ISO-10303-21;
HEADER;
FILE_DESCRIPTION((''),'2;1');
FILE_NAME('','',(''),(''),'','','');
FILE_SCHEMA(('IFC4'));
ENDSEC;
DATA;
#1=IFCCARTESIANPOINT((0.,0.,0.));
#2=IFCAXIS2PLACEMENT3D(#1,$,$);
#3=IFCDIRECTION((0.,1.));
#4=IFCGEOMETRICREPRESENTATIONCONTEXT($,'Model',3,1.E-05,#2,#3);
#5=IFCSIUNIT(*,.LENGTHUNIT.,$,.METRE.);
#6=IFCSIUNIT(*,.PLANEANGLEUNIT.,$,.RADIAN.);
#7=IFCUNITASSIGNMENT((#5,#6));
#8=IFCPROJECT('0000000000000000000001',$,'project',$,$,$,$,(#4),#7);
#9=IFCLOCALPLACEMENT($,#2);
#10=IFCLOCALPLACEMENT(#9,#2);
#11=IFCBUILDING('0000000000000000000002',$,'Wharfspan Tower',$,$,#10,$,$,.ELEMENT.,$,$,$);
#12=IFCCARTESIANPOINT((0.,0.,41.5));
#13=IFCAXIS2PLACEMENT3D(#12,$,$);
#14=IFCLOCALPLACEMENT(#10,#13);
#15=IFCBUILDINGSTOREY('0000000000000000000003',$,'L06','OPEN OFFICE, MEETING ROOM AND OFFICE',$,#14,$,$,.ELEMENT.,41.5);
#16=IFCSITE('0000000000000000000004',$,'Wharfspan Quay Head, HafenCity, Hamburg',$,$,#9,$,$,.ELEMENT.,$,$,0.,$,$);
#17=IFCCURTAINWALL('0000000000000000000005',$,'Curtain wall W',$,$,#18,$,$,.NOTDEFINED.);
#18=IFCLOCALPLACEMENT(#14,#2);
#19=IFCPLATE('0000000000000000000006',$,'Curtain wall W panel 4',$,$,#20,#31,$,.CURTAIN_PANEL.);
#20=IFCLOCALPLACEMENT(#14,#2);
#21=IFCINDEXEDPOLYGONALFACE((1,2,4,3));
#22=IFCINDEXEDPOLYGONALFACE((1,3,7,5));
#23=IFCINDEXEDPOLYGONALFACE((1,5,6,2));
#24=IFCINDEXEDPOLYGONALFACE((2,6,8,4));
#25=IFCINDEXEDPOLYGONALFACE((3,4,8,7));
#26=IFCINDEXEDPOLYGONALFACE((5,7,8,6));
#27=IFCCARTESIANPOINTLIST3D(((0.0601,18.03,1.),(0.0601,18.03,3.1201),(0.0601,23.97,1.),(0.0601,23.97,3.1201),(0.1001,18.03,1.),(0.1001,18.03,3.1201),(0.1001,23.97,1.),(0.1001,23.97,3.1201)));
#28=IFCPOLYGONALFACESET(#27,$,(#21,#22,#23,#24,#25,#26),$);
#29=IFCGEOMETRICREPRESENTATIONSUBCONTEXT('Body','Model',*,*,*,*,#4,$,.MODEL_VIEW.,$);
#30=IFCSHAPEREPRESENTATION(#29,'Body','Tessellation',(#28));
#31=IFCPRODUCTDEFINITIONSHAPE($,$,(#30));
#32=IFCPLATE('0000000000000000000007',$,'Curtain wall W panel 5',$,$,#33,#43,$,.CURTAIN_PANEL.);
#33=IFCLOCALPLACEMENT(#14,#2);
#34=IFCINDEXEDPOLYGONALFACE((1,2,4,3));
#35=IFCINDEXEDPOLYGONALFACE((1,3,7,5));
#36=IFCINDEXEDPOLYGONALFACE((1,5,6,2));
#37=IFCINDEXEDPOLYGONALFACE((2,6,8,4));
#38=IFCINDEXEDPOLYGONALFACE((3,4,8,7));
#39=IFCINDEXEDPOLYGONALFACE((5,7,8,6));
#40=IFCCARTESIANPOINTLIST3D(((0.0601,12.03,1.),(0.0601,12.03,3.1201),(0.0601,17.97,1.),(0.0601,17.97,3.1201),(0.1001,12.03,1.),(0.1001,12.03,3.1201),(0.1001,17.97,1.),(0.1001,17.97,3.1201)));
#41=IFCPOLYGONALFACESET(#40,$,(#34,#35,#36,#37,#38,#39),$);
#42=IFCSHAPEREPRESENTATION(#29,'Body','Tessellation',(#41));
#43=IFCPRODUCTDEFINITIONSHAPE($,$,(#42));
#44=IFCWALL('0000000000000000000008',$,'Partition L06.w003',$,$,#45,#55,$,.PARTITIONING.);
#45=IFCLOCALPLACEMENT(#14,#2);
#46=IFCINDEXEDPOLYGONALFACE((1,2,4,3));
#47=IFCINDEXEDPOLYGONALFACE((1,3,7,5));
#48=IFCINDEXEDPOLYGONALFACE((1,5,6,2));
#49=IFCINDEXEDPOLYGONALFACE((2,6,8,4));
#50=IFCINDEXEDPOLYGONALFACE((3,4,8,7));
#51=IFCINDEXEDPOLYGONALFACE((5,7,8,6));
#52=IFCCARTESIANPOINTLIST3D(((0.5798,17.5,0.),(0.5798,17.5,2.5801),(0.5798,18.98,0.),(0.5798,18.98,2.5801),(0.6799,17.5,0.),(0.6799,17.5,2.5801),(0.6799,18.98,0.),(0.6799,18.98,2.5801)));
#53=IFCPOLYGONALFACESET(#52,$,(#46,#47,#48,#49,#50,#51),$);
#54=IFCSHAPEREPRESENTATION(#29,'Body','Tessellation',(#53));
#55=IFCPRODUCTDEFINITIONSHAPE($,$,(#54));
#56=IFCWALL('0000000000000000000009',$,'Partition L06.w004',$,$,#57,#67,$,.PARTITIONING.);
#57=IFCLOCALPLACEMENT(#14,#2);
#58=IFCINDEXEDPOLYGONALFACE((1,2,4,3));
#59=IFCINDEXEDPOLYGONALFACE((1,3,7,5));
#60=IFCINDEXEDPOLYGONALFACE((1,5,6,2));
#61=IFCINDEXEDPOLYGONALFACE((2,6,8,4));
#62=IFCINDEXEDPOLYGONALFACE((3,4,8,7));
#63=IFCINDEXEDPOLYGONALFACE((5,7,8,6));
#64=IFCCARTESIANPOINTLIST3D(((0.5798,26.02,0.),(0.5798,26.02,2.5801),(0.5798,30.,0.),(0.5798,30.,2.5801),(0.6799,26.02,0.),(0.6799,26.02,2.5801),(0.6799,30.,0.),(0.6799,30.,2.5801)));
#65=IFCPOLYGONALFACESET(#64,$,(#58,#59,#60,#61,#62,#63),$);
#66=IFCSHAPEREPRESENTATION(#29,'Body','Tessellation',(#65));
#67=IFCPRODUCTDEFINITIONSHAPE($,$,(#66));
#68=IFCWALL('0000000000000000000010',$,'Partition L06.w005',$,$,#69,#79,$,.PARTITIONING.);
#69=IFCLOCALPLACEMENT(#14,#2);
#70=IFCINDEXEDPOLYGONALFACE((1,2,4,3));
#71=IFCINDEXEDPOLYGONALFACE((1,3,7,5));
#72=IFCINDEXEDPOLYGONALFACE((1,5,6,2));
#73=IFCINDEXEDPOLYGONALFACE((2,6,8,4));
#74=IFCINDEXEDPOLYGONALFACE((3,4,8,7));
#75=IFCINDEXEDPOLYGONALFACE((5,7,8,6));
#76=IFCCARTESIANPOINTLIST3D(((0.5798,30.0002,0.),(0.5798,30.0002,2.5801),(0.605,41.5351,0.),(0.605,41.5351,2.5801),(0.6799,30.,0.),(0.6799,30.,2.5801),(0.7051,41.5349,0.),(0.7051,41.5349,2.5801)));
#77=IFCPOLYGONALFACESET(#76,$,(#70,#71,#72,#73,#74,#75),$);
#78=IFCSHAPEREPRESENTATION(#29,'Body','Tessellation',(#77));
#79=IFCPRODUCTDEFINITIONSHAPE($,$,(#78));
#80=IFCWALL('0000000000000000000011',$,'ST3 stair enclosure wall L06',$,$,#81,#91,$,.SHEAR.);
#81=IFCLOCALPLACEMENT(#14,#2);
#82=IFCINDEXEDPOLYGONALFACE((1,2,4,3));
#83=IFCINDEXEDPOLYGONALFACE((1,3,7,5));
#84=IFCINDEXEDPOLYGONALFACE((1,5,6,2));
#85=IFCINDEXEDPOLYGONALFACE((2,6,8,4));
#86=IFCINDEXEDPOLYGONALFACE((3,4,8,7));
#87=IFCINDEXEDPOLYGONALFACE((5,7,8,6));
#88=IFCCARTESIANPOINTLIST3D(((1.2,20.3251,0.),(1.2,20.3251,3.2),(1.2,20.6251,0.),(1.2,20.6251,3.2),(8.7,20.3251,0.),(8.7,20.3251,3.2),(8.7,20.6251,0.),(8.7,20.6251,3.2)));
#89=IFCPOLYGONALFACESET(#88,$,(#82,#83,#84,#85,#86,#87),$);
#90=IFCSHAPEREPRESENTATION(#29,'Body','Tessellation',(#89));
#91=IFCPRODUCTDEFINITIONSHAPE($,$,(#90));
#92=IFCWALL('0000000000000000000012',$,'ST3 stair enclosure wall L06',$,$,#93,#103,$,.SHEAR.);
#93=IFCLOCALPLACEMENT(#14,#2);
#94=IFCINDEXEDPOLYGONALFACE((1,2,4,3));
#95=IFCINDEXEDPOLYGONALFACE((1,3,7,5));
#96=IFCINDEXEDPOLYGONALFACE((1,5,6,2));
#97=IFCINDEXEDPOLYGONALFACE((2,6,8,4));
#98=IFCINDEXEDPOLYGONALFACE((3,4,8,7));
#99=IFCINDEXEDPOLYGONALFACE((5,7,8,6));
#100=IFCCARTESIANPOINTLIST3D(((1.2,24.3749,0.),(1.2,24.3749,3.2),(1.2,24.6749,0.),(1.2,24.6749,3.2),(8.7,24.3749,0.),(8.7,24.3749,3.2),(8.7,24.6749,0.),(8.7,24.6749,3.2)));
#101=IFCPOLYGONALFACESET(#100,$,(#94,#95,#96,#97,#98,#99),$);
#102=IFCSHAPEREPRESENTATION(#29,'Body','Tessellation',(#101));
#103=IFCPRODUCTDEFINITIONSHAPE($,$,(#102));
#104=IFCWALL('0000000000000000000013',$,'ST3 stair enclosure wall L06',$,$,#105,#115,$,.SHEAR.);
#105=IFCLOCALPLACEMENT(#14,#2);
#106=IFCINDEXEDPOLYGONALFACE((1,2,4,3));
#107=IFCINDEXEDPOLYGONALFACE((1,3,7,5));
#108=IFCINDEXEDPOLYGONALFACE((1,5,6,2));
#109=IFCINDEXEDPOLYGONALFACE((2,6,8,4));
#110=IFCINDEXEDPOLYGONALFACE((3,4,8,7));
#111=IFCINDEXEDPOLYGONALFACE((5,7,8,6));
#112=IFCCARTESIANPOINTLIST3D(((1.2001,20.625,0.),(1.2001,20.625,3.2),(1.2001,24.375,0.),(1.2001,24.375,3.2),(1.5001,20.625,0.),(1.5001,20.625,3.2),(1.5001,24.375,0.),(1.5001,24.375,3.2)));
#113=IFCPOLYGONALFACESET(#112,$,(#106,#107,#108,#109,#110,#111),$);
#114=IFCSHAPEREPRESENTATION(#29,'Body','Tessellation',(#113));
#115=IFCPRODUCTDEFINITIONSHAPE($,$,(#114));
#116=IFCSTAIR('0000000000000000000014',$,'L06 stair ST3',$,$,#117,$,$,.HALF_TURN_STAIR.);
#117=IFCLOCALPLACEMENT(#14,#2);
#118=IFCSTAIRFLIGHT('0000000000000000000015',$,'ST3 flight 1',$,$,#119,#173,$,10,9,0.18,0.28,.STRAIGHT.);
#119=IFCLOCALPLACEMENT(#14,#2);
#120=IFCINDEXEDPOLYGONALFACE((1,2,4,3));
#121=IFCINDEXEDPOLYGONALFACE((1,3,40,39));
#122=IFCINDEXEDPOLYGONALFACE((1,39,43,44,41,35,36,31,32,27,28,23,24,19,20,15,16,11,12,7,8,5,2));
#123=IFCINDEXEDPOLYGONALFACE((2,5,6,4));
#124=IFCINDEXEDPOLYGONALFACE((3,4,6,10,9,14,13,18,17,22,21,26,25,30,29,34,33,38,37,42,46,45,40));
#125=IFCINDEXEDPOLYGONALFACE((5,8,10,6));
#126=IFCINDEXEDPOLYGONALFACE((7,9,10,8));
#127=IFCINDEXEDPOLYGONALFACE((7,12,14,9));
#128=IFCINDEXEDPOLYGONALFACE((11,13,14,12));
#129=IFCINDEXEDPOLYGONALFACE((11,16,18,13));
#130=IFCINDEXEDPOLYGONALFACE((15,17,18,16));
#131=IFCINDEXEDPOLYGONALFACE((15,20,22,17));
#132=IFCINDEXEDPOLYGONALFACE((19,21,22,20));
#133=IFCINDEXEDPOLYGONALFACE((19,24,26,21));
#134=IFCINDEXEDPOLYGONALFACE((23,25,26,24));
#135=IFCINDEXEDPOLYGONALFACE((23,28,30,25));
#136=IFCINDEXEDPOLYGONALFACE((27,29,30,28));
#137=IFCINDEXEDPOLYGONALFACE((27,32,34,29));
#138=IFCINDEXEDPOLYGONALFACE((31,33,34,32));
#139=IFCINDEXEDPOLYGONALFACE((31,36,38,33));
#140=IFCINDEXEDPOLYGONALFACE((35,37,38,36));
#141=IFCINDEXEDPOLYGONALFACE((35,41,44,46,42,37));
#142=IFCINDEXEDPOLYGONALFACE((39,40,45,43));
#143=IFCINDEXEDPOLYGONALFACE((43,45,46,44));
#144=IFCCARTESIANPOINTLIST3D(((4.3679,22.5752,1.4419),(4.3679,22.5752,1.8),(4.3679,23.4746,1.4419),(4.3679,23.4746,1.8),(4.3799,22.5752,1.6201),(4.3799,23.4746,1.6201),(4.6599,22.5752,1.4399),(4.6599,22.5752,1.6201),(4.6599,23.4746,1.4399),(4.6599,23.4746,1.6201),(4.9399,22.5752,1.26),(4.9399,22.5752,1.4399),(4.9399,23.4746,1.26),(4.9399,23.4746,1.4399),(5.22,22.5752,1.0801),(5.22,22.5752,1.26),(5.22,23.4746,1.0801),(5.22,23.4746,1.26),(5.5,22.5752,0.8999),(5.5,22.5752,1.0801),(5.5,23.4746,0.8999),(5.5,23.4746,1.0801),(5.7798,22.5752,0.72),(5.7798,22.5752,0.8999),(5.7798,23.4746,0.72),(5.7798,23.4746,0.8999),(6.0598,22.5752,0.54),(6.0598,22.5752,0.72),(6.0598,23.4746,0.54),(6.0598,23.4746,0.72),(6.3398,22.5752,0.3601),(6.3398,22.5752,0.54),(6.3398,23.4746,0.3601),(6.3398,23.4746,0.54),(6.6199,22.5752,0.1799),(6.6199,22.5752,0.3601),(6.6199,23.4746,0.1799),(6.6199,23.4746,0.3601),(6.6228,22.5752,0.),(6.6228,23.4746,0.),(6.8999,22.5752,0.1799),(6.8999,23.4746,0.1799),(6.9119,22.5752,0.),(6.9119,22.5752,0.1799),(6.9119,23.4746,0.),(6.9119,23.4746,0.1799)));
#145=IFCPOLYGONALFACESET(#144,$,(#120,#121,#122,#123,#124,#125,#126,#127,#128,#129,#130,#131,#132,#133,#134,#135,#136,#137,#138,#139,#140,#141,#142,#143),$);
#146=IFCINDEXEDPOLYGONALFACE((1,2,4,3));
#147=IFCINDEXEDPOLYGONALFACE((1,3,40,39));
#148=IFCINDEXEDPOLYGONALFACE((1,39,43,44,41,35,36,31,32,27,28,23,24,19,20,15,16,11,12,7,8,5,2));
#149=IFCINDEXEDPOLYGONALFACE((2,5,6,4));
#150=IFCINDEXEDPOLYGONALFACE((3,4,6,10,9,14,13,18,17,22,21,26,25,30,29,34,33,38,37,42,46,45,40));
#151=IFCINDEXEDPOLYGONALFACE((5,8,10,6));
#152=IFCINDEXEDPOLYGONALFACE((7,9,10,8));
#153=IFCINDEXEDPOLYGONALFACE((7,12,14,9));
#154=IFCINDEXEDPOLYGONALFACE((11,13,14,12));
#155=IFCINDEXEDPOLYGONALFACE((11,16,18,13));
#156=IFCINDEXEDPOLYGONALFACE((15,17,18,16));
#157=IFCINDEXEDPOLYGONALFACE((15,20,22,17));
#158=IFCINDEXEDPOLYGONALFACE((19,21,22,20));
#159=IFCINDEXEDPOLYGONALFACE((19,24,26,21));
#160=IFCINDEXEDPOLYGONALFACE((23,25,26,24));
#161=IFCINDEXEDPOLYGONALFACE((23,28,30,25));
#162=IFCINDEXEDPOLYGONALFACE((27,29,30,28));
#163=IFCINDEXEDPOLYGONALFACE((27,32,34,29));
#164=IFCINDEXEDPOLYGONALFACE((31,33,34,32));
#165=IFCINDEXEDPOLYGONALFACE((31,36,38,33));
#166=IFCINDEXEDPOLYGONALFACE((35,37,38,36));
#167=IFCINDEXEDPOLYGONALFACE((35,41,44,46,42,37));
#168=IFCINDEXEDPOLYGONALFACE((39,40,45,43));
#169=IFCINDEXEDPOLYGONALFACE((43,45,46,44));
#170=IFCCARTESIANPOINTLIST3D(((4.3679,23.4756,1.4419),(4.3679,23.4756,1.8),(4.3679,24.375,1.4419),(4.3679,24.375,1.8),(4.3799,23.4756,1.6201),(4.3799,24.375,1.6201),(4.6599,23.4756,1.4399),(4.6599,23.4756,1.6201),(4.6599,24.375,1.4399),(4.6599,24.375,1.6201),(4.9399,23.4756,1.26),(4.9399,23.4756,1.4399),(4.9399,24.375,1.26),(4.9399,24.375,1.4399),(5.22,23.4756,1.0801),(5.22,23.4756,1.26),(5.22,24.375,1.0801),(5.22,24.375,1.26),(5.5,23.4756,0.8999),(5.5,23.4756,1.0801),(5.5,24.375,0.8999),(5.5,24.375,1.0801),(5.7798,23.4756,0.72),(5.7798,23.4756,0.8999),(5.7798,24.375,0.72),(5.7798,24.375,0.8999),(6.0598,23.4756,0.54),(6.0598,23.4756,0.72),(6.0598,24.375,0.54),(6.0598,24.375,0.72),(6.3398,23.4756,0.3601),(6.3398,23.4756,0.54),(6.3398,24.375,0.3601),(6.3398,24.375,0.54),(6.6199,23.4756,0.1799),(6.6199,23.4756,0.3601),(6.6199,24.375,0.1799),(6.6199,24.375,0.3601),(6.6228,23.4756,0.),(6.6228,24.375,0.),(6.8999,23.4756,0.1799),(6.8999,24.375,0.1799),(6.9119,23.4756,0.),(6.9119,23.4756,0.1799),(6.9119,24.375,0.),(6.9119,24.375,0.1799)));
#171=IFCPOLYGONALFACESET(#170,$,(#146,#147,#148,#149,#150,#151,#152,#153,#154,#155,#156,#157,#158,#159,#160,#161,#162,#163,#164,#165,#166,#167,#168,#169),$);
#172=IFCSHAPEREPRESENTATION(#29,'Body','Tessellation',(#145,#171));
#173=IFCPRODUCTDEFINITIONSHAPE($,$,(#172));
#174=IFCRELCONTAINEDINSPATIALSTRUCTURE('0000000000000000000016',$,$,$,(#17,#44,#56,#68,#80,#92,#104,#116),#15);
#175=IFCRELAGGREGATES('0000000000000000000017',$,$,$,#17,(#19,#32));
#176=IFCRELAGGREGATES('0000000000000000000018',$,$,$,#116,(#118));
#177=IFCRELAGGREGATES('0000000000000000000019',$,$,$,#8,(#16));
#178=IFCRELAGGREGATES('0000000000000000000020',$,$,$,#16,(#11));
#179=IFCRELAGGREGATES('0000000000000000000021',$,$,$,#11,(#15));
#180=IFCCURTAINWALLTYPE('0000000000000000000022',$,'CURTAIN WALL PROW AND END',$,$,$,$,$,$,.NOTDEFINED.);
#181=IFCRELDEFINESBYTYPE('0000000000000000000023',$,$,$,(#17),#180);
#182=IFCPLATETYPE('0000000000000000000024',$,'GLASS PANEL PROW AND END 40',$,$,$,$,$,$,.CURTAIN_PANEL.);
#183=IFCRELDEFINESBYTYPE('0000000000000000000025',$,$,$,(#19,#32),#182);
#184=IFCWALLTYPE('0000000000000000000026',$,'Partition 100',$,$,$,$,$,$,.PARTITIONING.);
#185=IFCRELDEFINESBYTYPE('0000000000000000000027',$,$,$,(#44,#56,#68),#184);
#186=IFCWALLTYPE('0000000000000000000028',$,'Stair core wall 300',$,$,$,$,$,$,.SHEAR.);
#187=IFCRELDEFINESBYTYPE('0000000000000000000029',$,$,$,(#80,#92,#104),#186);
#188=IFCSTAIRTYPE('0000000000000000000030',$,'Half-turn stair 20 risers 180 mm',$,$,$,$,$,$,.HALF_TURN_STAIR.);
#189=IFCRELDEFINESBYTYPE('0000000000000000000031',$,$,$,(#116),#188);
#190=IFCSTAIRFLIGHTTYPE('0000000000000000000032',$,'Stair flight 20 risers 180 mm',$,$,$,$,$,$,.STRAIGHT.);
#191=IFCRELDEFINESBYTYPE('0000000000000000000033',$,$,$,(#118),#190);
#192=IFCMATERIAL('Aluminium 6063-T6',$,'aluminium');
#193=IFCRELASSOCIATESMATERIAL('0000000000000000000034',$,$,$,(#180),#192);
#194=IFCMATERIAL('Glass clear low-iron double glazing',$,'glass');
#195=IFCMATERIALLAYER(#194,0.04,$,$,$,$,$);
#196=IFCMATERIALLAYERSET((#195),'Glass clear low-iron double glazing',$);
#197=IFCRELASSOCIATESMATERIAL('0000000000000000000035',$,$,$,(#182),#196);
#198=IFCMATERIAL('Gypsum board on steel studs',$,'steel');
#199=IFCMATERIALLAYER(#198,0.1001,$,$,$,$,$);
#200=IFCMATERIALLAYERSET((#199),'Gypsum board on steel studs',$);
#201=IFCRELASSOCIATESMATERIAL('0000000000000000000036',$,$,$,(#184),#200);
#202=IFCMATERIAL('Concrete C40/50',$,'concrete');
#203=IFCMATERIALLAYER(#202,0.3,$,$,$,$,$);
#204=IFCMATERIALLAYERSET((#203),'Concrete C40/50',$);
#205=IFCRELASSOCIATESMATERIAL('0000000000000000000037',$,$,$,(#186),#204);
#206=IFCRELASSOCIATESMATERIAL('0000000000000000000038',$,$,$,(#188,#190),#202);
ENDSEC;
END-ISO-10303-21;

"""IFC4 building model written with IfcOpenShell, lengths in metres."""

from ifc_helpers import new_model, si_unit, direction, frame, frame_2d, origin, origin_2d, place, context, subcontext, project, spatial, polyline, rectangle, outline, extrude, material, layer, layer_set, type_object, element, aggregate, save


model = new_model("IFC4")

# Units and contexts
model_context = context("Model", 3, precision=1e-05, world=origin(), true_north=direction((0.0, 1.0)))
body_context = subcontext(model_context, "Body", "Model", "MODEL_VIEW")
ifc_project = project(units=[si_unit("LENGTHUNIT", "METRE"), si_unit("PLANEANGLEUNIT", "RADIAN")], contexts=[model_context])

# Site, building, storey
site_placement = place(None, origin())
site = spatial("IfcSite", under=ifc_project, at=site_placement, Name="Wharfspan Quay Head, HafenCity, Hamburg", CompositionType="ELEMENT", RefElevation=0.0)
building_placement = place(site_placement, origin())
building = spatial("IfcBuilding", under=site, at=building_placement, Name="Wharfspan Tower", CompositionType="ELEMENT")
storey_placement = place(building_placement, frame((0.0, 0.0, 41.5)))
storey = spatial("IfcBuildingStorey", under=building, at=storey_placement, Name="L06", Description="OPEN OFFICE, MEETING ROOM AND OFFICE", CompositionType="ELEMENT", Elevation=41.5)

# Curtain wall, plates
ifc_material_1 = material(Name="Aluminium 6063-T6", Category="aluminium")
curtain_wall_type = type_object("IfcCurtainWallType", Name="CURTAIN WALL PROW AND END", PredefinedType="NOTDEFINED", material=ifc_material_1)
curtain_wall_placement = place(storey_placement, origin())
curtain_wall = element("IfcCurtainWall", 1, at=curtain_wall_placement, inside=storey, type_object=curtain_wall_type, Name="Curtain wall W", PredefinedType="NOTDEFINED")
ifc_material_2 = material(Name="Glass clear low-iron double glazing", Category="glass")
ifc_layer_1 = layer(ifc_material_2, 0.04)
ifc_layer_set_1 = layer_set([ifc_layer_1], Name="Glass clear low-iron double glazing")
plate_type = type_object("IfcPlateType", Name="GLASS PANEL PROW AND END 40", PredefinedType="CURTAIN_PANEL", material=ifc_layer_set_1)
plate_1_placement = place(storey_placement, frame((0.0801, 21.0, 1.0), z_axis=(0.0, 0.0, 1.0), x_axis=(0.0, -1.0, 0.0)))
plate_1 = element("IfcPlate", 2, at=plate_1_placement, type_object=plate_type, Name="Curtain wall W panel 4", PredefinedType="CURTAIN_PANEL", context=body_context, shape_type="SweptSolid", body=[
    extrude(rectangle(XDim=5.9399, YDim=0.04, at=origin_2d()), origin(), (0.0, 0.0, 1.0), 2.1201),
])
plate_2_placement = place(storey_placement, frame((0.0801, 15.0, 1.0), z_axis=(0.0, 0.0, 1.0), x_axis=(0.0, -1.0, 0.0)))
plate_2 = element("IfcPlate", 3, at=plate_2_placement, type_object=plate_type, Name="Curtain wall W panel 5", PredefinedType="CURTAIN_PANEL", context=body_context, shape_type="SweptSolid", body=[
    extrude(rectangle(XDim=5.9399, YDim=0.04, at=origin_2d()), origin(), (0.0, 0.0, 1.0), 2.1201),
])
aggregate(curtain_wall, [plate_1, plate_2])

# Walls
ifc_material_3 = material(Name="Gypsum board on steel studs", Category="steel")
ifc_layer_2 = layer(ifc_material_3, 0.1001)
ifc_layer_set_2 = layer_set([ifc_layer_2], Name="Gypsum board on steel studs")
wall_type_1 = type_object("IfcWallType", Name="Partition 100", PredefinedType="PARTITIONING", material=ifc_layer_set_2)
wall_1_placement = place(storey_placement, frame((0.6299, 17.5, 0.0), z_axis=(0.0, 0.0, 1.0), x_axis=(0.0, 1.0, 0.0)))
element("IfcWall", 4, at=wall_1_placement, inside=storey, type_object=wall_type_1, Name="Partition L06.w003", PredefinedType="PARTITIONING", context=body_context, shape_type="SweptSolid", body=[
    extrude(rectangle(XDim=1.48, YDim=0.1001, at=frame_2d((0.74, 0.0))), origin(), (0.0, 0.0, 1.0), 2.5801),
])
wall_2_placement = place(storey_placement, frame((0.6299, 26.02, 0.0), z_axis=(0.0, 0.0, 1.0), x_axis=(0.0, 1.0, 0.0)))
element("IfcWall", 5, at=wall_2_placement, inside=storey, type_object=wall_type_1, Name="Partition L06.w004", PredefinedType="PARTITIONING", context=body_context, shape_type="SweptSolid", body=[
    extrude(rectangle(XDim=3.98, YDim=0.1001, at=frame_2d((1.99, 0.0))), origin(), (0.0, 0.0, 1.0), 2.5801),
])
wall_3_placement = place(storey_placement, frame((0.6299, 30.0, 0.0), z_axis=(0.0, 0.0, 1.0), x_axis=(0.00218, 0.999994, 0.0)))
element("IfcWall", 6, at=wall_3_placement, inside=storey, type_object=wall_type_1, Name="Partition L06.w005", PredefinedType="PARTITIONING", context=body_context, shape_type="SweptSolid", body=[
    extrude(rectangle(XDim=11.5349, YDim=0.1001, at=frame_2d((5.7676, 0.0))), origin(), (0.0, 0.0, 1.0), 2.5801),
])
ifc_material_4 = material(Name="Concrete C40/50", Category="concrete")
ifc_layer_3 = layer(ifc_material_4, 0.3)
ifc_layer_set_3 = layer_set([ifc_layer_3], Name="Concrete C40/50")
wall_type_2 = type_object("IfcWallType", Name="Stair core wall 300", PredefinedType="SHEAR", material=ifc_layer_set_3)
for number, where, z_axis, x_axis, name in (
    (7, (1.2, 20.4751, 0.0), (0.0, 0.0, 1.0), (1.0, 0.0, 0.0), "ST3 stair enclosure wall L06"),
    (8, (1.2, 24.5249, 0.0), (0.0, 0.0, 1.0), (1.0, 0.0, 0.0), "ST3 stair enclosure wall L06"),
):
    element("IfcWall", number, at=place(storey_placement, frame(where, z_axis=z_axis, x_axis=x_axis)), inside=storey, type_object=wall_type_2, Name=name, PredefinedType="SHEAR", context=body_context, shape_type="SweptSolid", body=[
        extrude(rectangle(XDim=7.5, YDim=0.3, at=frame_2d((3.75, 0.0))), origin(), (0.0, 0.0, 1.0), 3.2),
    ])
wall_4_placement = place(storey_placement, frame((1.3501, 20.625, 0.0), z_axis=(0.0, 0.0, 1.0), x_axis=(0.0, 1.0, 0.0)))
element("IfcWall", 9, at=wall_4_placement, inside=storey, type_object=wall_type_2, Name="ST3 stair enclosure wall L06", PredefinedType="SHEAR", context=body_context, shape_type="SweptSolid", body=[
    extrude(rectangle(XDim=3.75, YDim=0.3, at=frame_2d((1.875, 0.0))), origin(), (0.0, 0.0, 1.0), 3.2),
])

# Stair, stair flight
stair_type = type_object("IfcStairType", Name="Half-turn stair 20 risers 180 mm", PredefinedType="HALF_TURN_STAIR", material=ifc_material_4)
stair_placement = place(storey_placement, origin())
stair = element("IfcStair", 10, at=stair_placement, inside=storey, type_object=stair_type, Name="L06 stair ST3", PredefinedType="HALF_TURN_STAIR")
stair_flight_type = type_object("IfcStairFlightType", Name="Stair flight 20 risers 180 mm", PredefinedType="STRAIGHT", material=ifc_material_4)
stair_flight_1_placement = place(storey_placement, frame((6.8999, 23.4751, 0.0), z_axis=(0.0, 0.0, 1.0), x_axis=(-1.0, 0.0, 0.0)))
stair_flight_1 = element("IfcStairFlight", 11, at=stair_flight_1_placement, type_object=stair_flight_type, Name="ST3 flight 1", NumberOfRisers=10, NumberOfTreads=9, PredefinedType="STRAIGHT", RiserHeight=0.18, TreadLength=0.28, context=body_context, shape_type="SweptSolid", body=[
    extrude(outline(polyline([(-0.012, 0.0), (-0.012, 0.1799), (0.0, 0.1799), (0.28, 0.1799), (0.28, 0.3601), (0.5601, 0.3601), (0.5601, 0.54), (0.8401, 0.54), (0.8401, 0.72), (1.1201, 0.72), (1.1201, 0.8999), (1.3999, 0.8999), (1.3999, 1.0801), (1.6799, 1.0801), (1.6799, 1.26), (1.96, 1.26), (1.96, 1.4399), (2.24, 1.4399), (2.24, 1.6201), (2.52, 1.6201), (2.532, 1.8), (2.532, 1.4419), (0.2771, 0.0), (-0.012, 0.0)])), frame((0.0, 0.8999, 0.0), z_axis=(0.0, -1.0, 0.0), x_axis=(1.0, 0.0, 0.0)), (0.0, 0.0, 1.0), 0.8994),
    extrude(outline(polyline([(-0.012, 0.0), (-0.012, 0.1799), (0.0, 0.1799), (0.28, 0.1799), (0.28, 0.3601), (0.5601, 0.3601), (0.5601, 0.54), (0.8401, 0.54), (0.8401, 0.72), (1.1201, 0.72), (1.1201, 0.8999), (1.3999, 0.8999), (1.3999, 1.0801), (1.6799, 1.0801), (1.6799, 1.26), (1.96, 1.26), (1.96, 1.4399), (2.24, 1.4399), (2.24, 1.6201), (2.52, 1.6201), (2.532, 1.8), (2.532, 1.4419), (0.2771, 0.0), (-0.012, 0.0)])), frame((0.0, -0.0005, 0.0), z_axis=(0.0, -1.0, 0.0), x_axis=(1.0, 0.0, 0.0)), (0.0, 0.0, 1.0), 0.8994),
])
aggregate(stair, [stair_flight_1])

save(model, "model.ifc")
